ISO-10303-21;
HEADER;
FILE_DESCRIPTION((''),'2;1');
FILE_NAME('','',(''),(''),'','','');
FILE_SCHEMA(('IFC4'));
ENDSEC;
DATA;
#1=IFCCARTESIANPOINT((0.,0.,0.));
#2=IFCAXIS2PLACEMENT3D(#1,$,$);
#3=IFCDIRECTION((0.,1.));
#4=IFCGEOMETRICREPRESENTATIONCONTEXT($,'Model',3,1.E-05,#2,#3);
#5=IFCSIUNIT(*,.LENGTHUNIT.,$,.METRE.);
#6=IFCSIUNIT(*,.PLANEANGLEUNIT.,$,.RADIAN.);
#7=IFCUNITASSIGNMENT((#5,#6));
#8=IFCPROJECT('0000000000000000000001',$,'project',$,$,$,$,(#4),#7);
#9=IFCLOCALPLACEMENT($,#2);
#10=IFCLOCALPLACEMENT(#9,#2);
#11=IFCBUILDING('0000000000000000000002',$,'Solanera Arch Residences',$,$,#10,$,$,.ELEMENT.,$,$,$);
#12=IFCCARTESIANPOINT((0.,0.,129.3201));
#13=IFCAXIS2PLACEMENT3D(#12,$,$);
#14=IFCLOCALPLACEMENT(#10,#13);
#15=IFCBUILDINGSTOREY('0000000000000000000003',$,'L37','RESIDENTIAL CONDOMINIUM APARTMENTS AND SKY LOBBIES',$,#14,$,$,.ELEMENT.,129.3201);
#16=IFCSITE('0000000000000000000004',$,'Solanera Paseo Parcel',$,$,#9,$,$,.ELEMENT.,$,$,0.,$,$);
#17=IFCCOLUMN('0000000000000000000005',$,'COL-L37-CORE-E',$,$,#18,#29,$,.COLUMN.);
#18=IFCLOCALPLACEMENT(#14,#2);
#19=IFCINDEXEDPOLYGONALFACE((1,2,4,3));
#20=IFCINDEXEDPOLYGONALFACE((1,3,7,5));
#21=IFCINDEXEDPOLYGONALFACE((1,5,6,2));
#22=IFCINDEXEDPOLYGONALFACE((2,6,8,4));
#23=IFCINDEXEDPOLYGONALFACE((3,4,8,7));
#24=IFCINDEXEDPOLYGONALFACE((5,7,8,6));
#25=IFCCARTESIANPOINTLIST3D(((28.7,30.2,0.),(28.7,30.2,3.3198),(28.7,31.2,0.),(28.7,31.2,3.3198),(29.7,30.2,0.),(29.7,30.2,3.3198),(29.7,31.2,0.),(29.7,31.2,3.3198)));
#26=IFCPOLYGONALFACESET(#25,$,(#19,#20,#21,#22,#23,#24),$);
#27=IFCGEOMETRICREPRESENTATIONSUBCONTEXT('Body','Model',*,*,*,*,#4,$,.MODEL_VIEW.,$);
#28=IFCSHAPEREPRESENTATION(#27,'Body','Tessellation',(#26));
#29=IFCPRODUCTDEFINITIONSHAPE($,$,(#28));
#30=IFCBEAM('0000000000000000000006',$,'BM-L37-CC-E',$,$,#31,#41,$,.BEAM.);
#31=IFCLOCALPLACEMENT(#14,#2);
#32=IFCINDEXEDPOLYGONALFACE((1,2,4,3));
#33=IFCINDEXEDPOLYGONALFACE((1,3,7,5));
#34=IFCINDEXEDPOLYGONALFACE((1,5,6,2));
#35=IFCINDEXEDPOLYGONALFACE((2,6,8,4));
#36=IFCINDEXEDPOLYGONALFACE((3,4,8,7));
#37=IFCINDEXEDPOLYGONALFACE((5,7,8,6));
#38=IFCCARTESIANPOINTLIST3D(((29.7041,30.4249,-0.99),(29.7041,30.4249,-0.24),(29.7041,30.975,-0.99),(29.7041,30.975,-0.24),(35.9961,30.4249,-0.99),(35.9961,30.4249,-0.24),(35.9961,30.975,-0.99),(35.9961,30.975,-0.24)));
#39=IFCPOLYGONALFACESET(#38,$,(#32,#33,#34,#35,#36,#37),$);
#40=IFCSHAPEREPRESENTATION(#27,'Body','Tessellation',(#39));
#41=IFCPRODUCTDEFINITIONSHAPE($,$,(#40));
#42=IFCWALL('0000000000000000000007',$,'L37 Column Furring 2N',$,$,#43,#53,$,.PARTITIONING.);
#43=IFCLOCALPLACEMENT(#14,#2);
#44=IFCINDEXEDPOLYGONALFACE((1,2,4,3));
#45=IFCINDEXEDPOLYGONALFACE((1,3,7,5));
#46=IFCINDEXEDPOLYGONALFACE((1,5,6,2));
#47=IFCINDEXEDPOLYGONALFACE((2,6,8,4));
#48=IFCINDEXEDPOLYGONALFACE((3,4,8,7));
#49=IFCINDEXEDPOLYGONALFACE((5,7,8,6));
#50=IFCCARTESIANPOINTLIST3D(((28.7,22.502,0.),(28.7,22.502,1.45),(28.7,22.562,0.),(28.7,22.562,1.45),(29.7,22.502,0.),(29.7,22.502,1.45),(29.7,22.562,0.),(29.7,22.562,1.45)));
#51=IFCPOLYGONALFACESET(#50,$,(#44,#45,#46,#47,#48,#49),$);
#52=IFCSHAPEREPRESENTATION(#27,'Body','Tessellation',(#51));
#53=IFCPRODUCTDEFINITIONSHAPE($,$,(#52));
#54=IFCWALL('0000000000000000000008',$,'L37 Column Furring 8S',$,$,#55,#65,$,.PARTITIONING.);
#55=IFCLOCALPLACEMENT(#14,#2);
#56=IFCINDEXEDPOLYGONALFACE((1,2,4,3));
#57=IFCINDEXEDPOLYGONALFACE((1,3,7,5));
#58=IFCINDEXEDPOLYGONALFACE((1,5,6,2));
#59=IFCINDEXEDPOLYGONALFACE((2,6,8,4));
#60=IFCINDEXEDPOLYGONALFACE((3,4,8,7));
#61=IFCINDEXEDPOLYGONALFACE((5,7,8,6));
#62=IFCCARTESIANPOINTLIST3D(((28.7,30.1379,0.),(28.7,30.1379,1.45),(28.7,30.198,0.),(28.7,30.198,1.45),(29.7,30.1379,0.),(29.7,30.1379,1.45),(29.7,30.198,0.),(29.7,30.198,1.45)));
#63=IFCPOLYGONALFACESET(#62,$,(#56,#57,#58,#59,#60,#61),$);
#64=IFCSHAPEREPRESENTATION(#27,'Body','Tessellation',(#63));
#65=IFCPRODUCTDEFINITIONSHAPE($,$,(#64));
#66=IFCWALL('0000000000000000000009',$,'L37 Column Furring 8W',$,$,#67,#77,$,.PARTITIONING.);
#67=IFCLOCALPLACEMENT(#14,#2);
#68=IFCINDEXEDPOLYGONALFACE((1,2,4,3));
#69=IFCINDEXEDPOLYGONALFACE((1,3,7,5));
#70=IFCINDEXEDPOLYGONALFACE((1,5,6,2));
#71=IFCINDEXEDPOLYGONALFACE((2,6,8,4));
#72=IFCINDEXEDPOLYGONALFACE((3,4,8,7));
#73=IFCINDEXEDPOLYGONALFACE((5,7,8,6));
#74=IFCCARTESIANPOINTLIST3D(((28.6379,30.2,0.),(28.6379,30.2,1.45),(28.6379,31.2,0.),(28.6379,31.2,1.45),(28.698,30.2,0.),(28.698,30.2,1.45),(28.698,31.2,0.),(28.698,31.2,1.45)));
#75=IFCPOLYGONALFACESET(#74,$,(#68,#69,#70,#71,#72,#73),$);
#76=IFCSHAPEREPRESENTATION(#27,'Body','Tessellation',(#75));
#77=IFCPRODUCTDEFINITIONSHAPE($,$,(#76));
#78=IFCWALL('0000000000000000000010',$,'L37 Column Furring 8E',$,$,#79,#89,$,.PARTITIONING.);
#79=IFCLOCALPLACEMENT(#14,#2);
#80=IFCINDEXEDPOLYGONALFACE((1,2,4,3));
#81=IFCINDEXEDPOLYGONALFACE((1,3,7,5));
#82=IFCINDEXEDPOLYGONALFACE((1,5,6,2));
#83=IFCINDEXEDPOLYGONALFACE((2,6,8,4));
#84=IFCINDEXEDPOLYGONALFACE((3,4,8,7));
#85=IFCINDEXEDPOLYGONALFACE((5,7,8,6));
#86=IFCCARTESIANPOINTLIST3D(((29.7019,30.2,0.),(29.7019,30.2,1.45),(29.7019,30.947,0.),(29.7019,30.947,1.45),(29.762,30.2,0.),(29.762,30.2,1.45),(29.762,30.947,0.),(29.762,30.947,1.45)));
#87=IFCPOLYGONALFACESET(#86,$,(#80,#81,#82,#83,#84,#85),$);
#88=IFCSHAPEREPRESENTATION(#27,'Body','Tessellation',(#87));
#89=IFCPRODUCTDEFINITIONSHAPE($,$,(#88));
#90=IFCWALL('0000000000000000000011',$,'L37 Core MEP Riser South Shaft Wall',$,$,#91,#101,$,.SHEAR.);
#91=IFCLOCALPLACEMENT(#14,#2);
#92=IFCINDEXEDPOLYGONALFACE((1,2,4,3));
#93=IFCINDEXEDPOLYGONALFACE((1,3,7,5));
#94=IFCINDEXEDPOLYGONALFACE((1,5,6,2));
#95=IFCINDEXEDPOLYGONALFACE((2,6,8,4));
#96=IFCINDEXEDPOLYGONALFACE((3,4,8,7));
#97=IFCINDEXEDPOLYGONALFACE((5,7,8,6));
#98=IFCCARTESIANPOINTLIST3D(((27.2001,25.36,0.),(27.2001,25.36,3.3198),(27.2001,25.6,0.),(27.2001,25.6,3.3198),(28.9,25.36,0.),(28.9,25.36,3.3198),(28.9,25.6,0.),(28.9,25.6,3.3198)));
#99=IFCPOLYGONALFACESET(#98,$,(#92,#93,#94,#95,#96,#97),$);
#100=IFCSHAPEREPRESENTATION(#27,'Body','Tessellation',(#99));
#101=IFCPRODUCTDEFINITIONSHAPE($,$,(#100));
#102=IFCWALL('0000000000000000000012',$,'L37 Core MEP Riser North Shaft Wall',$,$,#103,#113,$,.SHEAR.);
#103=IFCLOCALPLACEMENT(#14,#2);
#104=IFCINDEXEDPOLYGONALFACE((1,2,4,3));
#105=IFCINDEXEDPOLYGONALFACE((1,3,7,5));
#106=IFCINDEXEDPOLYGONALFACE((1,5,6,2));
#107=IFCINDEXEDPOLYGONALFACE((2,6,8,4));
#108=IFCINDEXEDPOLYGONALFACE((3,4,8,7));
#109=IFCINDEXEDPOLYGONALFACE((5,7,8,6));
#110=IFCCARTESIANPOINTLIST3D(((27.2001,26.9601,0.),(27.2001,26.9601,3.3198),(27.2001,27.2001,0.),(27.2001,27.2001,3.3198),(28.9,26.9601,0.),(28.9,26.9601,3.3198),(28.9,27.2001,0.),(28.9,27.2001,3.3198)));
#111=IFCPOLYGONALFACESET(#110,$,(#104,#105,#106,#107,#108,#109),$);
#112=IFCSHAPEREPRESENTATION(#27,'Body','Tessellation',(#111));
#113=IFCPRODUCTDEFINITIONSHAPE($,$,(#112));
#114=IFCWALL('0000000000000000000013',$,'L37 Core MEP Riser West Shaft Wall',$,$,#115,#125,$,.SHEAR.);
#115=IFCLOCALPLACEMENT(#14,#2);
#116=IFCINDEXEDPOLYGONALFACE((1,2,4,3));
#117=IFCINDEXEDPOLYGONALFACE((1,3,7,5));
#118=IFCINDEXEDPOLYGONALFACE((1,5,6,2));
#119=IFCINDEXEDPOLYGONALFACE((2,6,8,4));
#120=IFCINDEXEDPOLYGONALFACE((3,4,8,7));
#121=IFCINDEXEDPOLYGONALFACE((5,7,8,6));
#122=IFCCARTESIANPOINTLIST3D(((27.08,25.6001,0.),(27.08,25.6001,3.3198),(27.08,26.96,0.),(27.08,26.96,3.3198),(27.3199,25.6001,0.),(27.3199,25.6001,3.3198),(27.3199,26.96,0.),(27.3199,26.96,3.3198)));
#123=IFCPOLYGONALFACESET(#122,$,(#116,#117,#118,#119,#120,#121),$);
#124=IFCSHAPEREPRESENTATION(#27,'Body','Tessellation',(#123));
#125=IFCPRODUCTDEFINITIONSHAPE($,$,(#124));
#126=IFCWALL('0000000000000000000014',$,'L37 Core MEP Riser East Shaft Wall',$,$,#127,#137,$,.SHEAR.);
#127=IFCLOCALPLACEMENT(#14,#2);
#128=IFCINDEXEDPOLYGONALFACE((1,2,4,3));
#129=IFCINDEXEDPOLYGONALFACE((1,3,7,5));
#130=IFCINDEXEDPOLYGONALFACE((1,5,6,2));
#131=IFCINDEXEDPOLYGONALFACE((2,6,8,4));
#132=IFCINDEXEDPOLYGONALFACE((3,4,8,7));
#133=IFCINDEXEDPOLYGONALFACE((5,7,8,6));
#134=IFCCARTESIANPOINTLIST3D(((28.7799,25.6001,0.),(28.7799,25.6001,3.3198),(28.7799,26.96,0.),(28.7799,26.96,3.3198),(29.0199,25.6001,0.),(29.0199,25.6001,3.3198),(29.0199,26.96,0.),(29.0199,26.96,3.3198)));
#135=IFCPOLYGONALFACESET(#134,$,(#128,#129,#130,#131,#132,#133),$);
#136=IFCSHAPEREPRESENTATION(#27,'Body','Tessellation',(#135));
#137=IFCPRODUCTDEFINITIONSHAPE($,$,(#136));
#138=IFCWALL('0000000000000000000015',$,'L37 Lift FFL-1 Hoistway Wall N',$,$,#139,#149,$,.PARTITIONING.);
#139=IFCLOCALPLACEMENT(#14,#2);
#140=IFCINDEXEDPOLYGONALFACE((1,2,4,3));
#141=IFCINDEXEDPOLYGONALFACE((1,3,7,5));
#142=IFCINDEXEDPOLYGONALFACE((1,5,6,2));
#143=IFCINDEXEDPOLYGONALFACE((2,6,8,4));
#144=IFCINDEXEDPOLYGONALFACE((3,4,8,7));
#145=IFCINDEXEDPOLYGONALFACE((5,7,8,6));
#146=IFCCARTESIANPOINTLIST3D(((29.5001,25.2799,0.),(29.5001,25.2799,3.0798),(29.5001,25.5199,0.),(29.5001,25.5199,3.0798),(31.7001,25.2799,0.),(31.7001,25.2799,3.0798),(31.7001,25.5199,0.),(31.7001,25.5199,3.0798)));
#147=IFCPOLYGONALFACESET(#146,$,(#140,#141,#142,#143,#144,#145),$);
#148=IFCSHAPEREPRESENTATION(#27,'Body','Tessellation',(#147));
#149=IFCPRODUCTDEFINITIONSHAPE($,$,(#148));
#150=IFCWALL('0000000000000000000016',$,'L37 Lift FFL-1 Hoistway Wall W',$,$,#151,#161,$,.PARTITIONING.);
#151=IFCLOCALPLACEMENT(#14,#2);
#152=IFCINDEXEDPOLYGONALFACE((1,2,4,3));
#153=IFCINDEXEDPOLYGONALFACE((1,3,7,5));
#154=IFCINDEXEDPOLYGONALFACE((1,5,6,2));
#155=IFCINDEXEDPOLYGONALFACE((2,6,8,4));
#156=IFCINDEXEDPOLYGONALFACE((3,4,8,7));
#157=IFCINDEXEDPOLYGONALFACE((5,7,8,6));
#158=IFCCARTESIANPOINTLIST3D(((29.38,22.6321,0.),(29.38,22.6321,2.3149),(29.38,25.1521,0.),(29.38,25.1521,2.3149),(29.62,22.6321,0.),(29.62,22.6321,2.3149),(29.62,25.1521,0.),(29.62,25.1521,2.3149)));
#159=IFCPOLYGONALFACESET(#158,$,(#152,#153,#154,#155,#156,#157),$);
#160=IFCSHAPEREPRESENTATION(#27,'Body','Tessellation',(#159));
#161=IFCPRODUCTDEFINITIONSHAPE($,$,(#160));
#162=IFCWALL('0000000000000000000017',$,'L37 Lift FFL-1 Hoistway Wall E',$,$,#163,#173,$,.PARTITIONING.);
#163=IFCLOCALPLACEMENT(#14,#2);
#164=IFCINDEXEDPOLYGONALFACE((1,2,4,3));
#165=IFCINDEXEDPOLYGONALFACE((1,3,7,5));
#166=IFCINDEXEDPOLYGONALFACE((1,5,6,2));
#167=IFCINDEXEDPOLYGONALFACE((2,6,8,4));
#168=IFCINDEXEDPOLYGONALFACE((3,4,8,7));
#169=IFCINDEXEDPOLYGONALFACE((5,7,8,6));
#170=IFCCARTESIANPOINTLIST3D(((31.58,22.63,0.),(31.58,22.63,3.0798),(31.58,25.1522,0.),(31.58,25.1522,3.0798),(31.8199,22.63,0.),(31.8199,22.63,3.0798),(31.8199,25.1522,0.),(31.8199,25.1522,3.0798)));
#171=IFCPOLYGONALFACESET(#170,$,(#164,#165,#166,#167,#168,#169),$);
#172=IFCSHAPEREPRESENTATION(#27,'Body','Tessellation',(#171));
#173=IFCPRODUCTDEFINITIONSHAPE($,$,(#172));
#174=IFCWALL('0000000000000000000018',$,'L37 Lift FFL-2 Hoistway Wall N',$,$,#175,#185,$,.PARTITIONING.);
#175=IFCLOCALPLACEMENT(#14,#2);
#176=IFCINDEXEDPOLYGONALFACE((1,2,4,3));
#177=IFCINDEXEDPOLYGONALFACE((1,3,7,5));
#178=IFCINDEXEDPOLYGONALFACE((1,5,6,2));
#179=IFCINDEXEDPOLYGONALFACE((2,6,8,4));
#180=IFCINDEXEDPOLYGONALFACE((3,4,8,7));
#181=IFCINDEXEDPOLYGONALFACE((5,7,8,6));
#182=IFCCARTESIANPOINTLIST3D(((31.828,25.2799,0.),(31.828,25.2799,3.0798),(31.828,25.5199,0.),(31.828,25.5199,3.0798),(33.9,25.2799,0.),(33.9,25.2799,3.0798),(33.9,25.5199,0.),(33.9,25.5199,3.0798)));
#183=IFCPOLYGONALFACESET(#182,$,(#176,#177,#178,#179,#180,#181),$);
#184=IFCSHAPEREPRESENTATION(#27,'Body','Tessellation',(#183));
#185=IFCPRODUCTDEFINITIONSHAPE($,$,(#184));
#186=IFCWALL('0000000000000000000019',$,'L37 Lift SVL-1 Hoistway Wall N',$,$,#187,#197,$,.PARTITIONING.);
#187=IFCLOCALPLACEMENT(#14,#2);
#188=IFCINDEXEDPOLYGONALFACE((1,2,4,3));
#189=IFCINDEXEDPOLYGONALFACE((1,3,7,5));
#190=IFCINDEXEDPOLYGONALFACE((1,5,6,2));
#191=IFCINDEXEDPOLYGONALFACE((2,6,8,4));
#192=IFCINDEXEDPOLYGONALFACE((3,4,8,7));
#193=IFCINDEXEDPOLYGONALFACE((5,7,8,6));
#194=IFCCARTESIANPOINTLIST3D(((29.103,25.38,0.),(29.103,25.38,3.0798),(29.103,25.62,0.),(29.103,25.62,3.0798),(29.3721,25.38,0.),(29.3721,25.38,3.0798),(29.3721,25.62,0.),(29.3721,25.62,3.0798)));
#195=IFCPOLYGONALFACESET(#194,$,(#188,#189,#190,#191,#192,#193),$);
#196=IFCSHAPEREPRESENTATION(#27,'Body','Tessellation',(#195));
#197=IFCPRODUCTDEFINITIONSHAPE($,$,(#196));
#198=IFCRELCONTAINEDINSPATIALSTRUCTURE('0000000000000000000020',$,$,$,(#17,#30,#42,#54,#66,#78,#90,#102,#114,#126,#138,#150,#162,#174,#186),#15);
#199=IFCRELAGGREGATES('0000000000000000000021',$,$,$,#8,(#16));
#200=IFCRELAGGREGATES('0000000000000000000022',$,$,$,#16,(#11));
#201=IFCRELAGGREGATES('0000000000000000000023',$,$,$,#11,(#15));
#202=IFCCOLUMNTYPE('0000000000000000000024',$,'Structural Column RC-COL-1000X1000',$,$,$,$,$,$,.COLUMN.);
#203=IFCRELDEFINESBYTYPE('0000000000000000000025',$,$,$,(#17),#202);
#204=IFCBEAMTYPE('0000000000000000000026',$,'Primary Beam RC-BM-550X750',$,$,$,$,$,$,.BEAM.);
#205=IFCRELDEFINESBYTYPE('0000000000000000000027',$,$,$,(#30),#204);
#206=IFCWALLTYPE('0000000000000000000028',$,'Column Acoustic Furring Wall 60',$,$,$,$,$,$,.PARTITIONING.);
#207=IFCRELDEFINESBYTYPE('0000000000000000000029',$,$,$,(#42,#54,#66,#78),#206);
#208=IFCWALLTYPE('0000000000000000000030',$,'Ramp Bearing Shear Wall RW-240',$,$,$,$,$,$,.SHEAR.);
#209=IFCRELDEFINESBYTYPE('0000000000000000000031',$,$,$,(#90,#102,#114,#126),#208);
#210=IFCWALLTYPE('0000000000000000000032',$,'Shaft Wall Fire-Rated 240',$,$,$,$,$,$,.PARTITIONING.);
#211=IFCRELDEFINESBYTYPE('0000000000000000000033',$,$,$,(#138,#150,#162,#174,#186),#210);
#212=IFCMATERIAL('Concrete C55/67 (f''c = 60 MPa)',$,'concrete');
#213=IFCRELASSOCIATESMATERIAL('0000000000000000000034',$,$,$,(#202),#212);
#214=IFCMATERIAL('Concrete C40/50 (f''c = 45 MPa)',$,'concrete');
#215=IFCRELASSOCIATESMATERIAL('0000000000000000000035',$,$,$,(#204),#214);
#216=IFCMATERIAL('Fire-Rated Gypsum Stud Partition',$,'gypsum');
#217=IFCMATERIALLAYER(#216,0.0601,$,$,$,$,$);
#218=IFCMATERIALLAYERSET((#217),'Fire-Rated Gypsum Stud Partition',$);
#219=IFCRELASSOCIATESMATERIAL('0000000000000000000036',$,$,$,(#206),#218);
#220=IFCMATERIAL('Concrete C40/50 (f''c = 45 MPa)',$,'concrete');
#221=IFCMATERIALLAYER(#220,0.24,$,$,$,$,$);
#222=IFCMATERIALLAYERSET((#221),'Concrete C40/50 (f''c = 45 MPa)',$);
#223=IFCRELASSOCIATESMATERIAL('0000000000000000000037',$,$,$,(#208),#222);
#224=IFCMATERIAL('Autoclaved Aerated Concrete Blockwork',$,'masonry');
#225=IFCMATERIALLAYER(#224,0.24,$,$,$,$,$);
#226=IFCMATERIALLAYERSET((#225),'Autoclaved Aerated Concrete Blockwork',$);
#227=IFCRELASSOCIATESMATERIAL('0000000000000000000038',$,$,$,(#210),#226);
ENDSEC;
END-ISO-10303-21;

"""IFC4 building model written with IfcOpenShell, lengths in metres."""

from ifc_helpers import new_model, si_unit, direction, frame, frame_2d, origin, origin_2d, place, context, subcontext, project, spatial, rectangle, extrude, material, layer, layer_set, material_profile, profile_set, type_object, element, save


model = new_model("IFC4")

# Units and contexts
model_context = context("Model", 3, precision=1e-05, world=origin(), true_north=direction((0.0, 1.0)))
body_context = subcontext(model_context, "Body", "Model", "MODEL_VIEW")
ifc_project = project(units=[si_unit("LENGTHUNIT", "METRE"), si_unit("PLANEANGLEUNIT", "RADIAN")], contexts=[model_context])

# Site, building, storey
site_placement = place(None, origin())
site = spatial("IfcSite", under=ifc_project, at=site_placement, Name="Solanera Paseo Parcel", CompositionType="ELEMENT", RefElevation=0.0)
building_placement = place(site_placement, origin())
building = spatial("IfcBuilding", under=site, at=building_placement, Name="Solanera Arch Residences", CompositionType="ELEMENT")
storey_placement = place(building_placement, frame((0.0, 0.0, 129.3201)))
storey = spatial("IfcBuildingStorey", under=building, at=storey_placement, Name="L37", Description="RESIDENTIAL CONDOMINIUM APARTMENTS AND SKY LOBBIES", CompositionType="ELEMENT", Elevation=129.3201)

# Column
ifc_material_1 = material(Name="Concrete C55/67 (f'c = 60 MPa)", Category="concrete")
ifc_material_profile_1 = material_profile(ifc_material_1, rectangle(XDim=1.0, YDim=1.0, at=origin_2d()))
ifc_profile_set_1 = profile_set([ifc_material_profile_1], Name="Concrete C55/67 (f'c = 60 MPa)")
column_type = type_object("IfcColumnType", Name="Structural Column RC-COL-1000X1000", PredefinedType="COLUMN", material=ifc_profile_set_1)
column_placement = place(storey_placement, frame((29.2, 30.7, 0.0), z_axis=(0.0, 0.0, 1.0), x_axis=(1.0, 0.0, 0.0)))
element("IfcColumn", 1, at=column_placement, inside=storey, type_object=column_type, Name="COL-L37-CORE-E", PredefinedType="COLUMN", context=body_context, shape_type="SweptSolid", body=[
    extrude(rectangle(XDim=1.0, YDim=1.0, at=origin_2d()), origin(), (0.0, 0.0, 1.0), 3.3198),
])

# Beam
ifc_material_2 = material(Name="Concrete C40/50 (f'c = 45 MPa)", Category="concrete")
ifc_material_profile_2 = material_profile(ifc_material_2, rectangle(XDim=0.55, YDim=0.75, at=origin_2d()))
ifc_profile_set_2 = profile_set([ifc_material_profile_2], Name="Concrete C40/50 (f'c = 45 MPa)")
beam_type = type_object("IfcBeamType", Name="Primary Beam RC-BM-550X750", PredefinedType="BEAM", material=ifc_profile_set_2)
beam_placement = place(storey_placement, frame((29.7041, 30.7, -0.615), z_axis=(1.0, 0.0, 0.0), x_axis=(0.0, 1.0, 0.0)))
element("IfcBeam", 2, at=beam_placement, inside=storey, type_object=beam_type, Name="BM-L37-CC-E", PredefinedType="BEAM", context=body_context, shape_type="SweptSolid", body=[
    extrude(rectangle(XDim=0.55, YDim=0.75, at=origin_2d()), origin(), (0.0, 0.0, 1.0), 6.292),
])

# Walls
ifc_material_3 = material(Name="Fire-Rated Gypsum Stud Partition", Category="gypsum")
ifc_layer_1 = layer(ifc_material_3, 0.0601)
ifc_layer_set_1 = layer_set([ifc_layer_1], Name="Fire-Rated Gypsum Stud Partition")
wall_type_1 = type_object("IfcWallType", Name="Column Acoustic Furring Wall 60", PredefinedType="PARTITIONING", material=ifc_layer_set_1)
for number, where, z_axis, x_axis, name in (
    (3, (28.7, 22.532, 0.0), (0.0, 0.0, 1.0), (1.0, 0.0, 0.0), "L37 Column Furring 2N"),
    (4, (28.7, 30.168, 0.0), (0.0, 0.0, 1.0), (1.0, 0.0, 0.0), "L37 Column Furring 8S"),
    (5, (28.668, 30.2, 0.0), (0.0, 0.0, 1.0), (0.0, 1.0, 0.0), "L37 Column Furring 8W"),
):
    element("IfcWall", number, at=place(storey_placement, frame(where, z_axis=z_axis, x_axis=x_axis)), inside=storey, type_object=wall_type_1, Name=name, PredefinedType="PARTITIONING", context=body_context, shape_type="SweptSolid", body=[
        extrude(rectangle(XDim=1.0, YDim=0.0601, at=frame_2d((0.5, 0.0))), origin(), (0.0, 0.0, 1.0), 1.45),
    ])
wall_1_placement = place(storey_placement, frame((29.7319, 30.2, 0.0), z_axis=(0.0, 0.0, 1.0), x_axis=(0.0, 1.0, 0.0)))
element("IfcWall", 6, at=wall_1_placement, inside=storey, type_object=wall_type_1, Name="L37 Column Furring 8E", PredefinedType="PARTITIONING", context=body_context, shape_type="SweptSolid", body=[
    extrude(rectangle(XDim=0.7471, YDim=0.0601, at=frame_2d((0.3735, 0.0))), origin(), (0.0, 0.0, 1.0), 1.45),
])
ifc_material_4 = material(Name="Concrete C40/50 (f'c = 45 MPa)", Category="concrete")
ifc_layer_2 = layer(ifc_material_4, 0.24)
ifc_layer_set_2 = layer_set([ifc_layer_2], Name="Concrete C40/50 (f'c = 45 MPa)")
wall_type_2 = type_object("IfcWallType", Name="Ramp Bearing Shear Wall RW-240", PredefinedType="SHEAR", material=ifc_layer_set_2)
for number, where, z_axis, x_axis, name in (
    (7, (27.2, 25.48, 0.0), (0.0, 0.0, 1.0), (1.0, 0.0, 0.0), "L37 Core MEP Riser South Shaft Wall"),
    (8, (27.2, 27.0801, 0.0), (0.0, 0.0, 1.0), (1.0, 0.0, 0.0), "L37 Core MEP Riser North Shaft Wall"),
):
    element("IfcWall", number, at=place(storey_placement, frame(where, z_axis=z_axis, x_axis=x_axis)), inside=storey, type_object=wall_type_2, Name=name, PredefinedType="SHEAR", context=body_context, shape_type="SweptSolid", body=[
        extrude(rectangle(XDim=1.7, YDim=0.24, at=frame_2d((0.8501, 0.0))), origin(), (0.0, 0.0, 1.0), 3.3198),
    ])
for number, where, z_axis, x_axis, name in (
    (9, (27.2, 25.6001, 0.0), (0.0, 0.0, 1.0), (0.0, 1.0, 0.0), "L37 Core MEP Riser West Shaft Wall"),
    (10, (28.8999, 25.6001, 0.0), (0.0, 0.0, 1.0), (0.0, 1.0, 0.0), "L37 Core MEP Riser East Shaft Wall"),
):
    element("IfcWall", number, at=place(storey_placement, frame(where, z_axis=z_axis, x_axis=x_axis)), inside=storey, type_object=wall_type_2, Name=name, PredefinedType="SHEAR", context=body_context, shape_type="SweptSolid", body=[
        extrude(rectangle(XDim=1.3599, YDim=0.24, at=frame_2d((0.6799, 0.0))), origin(), (0.0, 0.0, 1.0), 3.3198),
    ])
ifc_material_5 = material(Name="Autoclaved Aerated Concrete Blockwork", Category="masonry")
ifc_layer_3 = layer(ifc_material_5, 0.24)
ifc_layer_set_3 = layer_set([ifc_layer_3], Name="Autoclaved Aerated Concrete Blockwork")
wall_type_3 = type_object("IfcWallType", Name="Shaft Wall Fire-Rated 240", PredefinedType="PARTITIONING", material=ifc_layer_set_3)
wall_2_placement = place(storey_placement, frame((29.5, 25.3999, 0.0), z_axis=(0.0, 0.0, 1.0), x_axis=(1.0, 0.0, 0.0)))
element("IfcWall", 11, at=wall_2_placement, inside=storey, type_object=wall_type_3, Name="L37 Lift FFL-1 Hoistway Wall N", PredefinedType="PARTITIONING", context=body_context, shape_type="SweptSolid", body=[
    extrude(rectangle(XDim=2.2, YDim=0.24, at=frame_2d((1.1001, 0.0))), origin(), (0.0, 0.0, 1.0), 3.0798),
])
wall_3_placement = place(storey_placement, frame((29.5, 22.6321, 0.0), z_axis=(0.0, 0.0, 1.0), x_axis=(0.0, 1.0, 0.0)))
element("IfcWall", 12, at=wall_3_placement, inside=storey, type_object=wall_type_3, Name="L37 Lift FFL-1 Hoistway Wall W", PredefinedType="PARTITIONING", context=body_context, shape_type="SweptSolid", body=[
    extrude(rectangle(XDim=2.52, YDim=0.24, at=frame_2d((1.26, 0.0))), origin(), (0.0, 0.0, 1.0), 2.3149),
])
wall_4_placement = place(storey_placement, frame((31.7, 22.6299, 0.0), z_axis=(0.0, 0.0, 1.0), x_axis=(0.0, 1.0, 0.0)))
element("IfcWall", 13, at=wall_4_placement, inside=storey, type_object=wall_type_3, Name="L37 Lift FFL-1 Hoistway Wall E", PredefinedType="PARTITIONING", context=body_context, shape_type="SweptSolid", body=[
    extrude(rectangle(XDim=2.5222, YDim=0.24, at=frame_2d((1.2612, 0.0))), origin(), (0.0, 0.0, 1.0), 3.0798),
])
wall_5_placement = place(storey_placement, frame((31.8279, 25.3999, 0.0), z_axis=(0.0, 0.0, 1.0), x_axis=(1.0, 0.0, 0.0)))
element("IfcWall", 14, at=wall_5_placement, inside=storey, type_object=wall_type_3, Name="L37 Lift FFL-2 Hoistway Wall N", PredefinedType="PARTITIONING", context=body_context, shape_type="SweptSolid", body=[
    extrude(rectangle(XDim=2.072, YDim=0.24, at=frame_2d((1.0361, 0.0))), origin(), (0.0, 0.0, 1.0), 3.0798),
])
wall_6_placement = place(storey_placement, frame((29.103, 25.5, 0.0), z_axis=(0.0, 0.0, 1.0), x_axis=(1.0, 0.0, 0.0)))
element("IfcWall", 15, at=wall_6_placement, inside=storey, type_object=wall_type_3, Name="L37 Lift SVL-1 Hoistway Wall N", PredefinedType="PARTITIONING", context=body_context, shape_type="SweptSolid", body=[
    extrude(rectangle(XDim=0.269, YDim=0.24, at=frame_2d((0.1345, 0.0))), origin(), (0.0, 0.0, 1.0), 3.0798),
])

save(model, "model.ifc")
